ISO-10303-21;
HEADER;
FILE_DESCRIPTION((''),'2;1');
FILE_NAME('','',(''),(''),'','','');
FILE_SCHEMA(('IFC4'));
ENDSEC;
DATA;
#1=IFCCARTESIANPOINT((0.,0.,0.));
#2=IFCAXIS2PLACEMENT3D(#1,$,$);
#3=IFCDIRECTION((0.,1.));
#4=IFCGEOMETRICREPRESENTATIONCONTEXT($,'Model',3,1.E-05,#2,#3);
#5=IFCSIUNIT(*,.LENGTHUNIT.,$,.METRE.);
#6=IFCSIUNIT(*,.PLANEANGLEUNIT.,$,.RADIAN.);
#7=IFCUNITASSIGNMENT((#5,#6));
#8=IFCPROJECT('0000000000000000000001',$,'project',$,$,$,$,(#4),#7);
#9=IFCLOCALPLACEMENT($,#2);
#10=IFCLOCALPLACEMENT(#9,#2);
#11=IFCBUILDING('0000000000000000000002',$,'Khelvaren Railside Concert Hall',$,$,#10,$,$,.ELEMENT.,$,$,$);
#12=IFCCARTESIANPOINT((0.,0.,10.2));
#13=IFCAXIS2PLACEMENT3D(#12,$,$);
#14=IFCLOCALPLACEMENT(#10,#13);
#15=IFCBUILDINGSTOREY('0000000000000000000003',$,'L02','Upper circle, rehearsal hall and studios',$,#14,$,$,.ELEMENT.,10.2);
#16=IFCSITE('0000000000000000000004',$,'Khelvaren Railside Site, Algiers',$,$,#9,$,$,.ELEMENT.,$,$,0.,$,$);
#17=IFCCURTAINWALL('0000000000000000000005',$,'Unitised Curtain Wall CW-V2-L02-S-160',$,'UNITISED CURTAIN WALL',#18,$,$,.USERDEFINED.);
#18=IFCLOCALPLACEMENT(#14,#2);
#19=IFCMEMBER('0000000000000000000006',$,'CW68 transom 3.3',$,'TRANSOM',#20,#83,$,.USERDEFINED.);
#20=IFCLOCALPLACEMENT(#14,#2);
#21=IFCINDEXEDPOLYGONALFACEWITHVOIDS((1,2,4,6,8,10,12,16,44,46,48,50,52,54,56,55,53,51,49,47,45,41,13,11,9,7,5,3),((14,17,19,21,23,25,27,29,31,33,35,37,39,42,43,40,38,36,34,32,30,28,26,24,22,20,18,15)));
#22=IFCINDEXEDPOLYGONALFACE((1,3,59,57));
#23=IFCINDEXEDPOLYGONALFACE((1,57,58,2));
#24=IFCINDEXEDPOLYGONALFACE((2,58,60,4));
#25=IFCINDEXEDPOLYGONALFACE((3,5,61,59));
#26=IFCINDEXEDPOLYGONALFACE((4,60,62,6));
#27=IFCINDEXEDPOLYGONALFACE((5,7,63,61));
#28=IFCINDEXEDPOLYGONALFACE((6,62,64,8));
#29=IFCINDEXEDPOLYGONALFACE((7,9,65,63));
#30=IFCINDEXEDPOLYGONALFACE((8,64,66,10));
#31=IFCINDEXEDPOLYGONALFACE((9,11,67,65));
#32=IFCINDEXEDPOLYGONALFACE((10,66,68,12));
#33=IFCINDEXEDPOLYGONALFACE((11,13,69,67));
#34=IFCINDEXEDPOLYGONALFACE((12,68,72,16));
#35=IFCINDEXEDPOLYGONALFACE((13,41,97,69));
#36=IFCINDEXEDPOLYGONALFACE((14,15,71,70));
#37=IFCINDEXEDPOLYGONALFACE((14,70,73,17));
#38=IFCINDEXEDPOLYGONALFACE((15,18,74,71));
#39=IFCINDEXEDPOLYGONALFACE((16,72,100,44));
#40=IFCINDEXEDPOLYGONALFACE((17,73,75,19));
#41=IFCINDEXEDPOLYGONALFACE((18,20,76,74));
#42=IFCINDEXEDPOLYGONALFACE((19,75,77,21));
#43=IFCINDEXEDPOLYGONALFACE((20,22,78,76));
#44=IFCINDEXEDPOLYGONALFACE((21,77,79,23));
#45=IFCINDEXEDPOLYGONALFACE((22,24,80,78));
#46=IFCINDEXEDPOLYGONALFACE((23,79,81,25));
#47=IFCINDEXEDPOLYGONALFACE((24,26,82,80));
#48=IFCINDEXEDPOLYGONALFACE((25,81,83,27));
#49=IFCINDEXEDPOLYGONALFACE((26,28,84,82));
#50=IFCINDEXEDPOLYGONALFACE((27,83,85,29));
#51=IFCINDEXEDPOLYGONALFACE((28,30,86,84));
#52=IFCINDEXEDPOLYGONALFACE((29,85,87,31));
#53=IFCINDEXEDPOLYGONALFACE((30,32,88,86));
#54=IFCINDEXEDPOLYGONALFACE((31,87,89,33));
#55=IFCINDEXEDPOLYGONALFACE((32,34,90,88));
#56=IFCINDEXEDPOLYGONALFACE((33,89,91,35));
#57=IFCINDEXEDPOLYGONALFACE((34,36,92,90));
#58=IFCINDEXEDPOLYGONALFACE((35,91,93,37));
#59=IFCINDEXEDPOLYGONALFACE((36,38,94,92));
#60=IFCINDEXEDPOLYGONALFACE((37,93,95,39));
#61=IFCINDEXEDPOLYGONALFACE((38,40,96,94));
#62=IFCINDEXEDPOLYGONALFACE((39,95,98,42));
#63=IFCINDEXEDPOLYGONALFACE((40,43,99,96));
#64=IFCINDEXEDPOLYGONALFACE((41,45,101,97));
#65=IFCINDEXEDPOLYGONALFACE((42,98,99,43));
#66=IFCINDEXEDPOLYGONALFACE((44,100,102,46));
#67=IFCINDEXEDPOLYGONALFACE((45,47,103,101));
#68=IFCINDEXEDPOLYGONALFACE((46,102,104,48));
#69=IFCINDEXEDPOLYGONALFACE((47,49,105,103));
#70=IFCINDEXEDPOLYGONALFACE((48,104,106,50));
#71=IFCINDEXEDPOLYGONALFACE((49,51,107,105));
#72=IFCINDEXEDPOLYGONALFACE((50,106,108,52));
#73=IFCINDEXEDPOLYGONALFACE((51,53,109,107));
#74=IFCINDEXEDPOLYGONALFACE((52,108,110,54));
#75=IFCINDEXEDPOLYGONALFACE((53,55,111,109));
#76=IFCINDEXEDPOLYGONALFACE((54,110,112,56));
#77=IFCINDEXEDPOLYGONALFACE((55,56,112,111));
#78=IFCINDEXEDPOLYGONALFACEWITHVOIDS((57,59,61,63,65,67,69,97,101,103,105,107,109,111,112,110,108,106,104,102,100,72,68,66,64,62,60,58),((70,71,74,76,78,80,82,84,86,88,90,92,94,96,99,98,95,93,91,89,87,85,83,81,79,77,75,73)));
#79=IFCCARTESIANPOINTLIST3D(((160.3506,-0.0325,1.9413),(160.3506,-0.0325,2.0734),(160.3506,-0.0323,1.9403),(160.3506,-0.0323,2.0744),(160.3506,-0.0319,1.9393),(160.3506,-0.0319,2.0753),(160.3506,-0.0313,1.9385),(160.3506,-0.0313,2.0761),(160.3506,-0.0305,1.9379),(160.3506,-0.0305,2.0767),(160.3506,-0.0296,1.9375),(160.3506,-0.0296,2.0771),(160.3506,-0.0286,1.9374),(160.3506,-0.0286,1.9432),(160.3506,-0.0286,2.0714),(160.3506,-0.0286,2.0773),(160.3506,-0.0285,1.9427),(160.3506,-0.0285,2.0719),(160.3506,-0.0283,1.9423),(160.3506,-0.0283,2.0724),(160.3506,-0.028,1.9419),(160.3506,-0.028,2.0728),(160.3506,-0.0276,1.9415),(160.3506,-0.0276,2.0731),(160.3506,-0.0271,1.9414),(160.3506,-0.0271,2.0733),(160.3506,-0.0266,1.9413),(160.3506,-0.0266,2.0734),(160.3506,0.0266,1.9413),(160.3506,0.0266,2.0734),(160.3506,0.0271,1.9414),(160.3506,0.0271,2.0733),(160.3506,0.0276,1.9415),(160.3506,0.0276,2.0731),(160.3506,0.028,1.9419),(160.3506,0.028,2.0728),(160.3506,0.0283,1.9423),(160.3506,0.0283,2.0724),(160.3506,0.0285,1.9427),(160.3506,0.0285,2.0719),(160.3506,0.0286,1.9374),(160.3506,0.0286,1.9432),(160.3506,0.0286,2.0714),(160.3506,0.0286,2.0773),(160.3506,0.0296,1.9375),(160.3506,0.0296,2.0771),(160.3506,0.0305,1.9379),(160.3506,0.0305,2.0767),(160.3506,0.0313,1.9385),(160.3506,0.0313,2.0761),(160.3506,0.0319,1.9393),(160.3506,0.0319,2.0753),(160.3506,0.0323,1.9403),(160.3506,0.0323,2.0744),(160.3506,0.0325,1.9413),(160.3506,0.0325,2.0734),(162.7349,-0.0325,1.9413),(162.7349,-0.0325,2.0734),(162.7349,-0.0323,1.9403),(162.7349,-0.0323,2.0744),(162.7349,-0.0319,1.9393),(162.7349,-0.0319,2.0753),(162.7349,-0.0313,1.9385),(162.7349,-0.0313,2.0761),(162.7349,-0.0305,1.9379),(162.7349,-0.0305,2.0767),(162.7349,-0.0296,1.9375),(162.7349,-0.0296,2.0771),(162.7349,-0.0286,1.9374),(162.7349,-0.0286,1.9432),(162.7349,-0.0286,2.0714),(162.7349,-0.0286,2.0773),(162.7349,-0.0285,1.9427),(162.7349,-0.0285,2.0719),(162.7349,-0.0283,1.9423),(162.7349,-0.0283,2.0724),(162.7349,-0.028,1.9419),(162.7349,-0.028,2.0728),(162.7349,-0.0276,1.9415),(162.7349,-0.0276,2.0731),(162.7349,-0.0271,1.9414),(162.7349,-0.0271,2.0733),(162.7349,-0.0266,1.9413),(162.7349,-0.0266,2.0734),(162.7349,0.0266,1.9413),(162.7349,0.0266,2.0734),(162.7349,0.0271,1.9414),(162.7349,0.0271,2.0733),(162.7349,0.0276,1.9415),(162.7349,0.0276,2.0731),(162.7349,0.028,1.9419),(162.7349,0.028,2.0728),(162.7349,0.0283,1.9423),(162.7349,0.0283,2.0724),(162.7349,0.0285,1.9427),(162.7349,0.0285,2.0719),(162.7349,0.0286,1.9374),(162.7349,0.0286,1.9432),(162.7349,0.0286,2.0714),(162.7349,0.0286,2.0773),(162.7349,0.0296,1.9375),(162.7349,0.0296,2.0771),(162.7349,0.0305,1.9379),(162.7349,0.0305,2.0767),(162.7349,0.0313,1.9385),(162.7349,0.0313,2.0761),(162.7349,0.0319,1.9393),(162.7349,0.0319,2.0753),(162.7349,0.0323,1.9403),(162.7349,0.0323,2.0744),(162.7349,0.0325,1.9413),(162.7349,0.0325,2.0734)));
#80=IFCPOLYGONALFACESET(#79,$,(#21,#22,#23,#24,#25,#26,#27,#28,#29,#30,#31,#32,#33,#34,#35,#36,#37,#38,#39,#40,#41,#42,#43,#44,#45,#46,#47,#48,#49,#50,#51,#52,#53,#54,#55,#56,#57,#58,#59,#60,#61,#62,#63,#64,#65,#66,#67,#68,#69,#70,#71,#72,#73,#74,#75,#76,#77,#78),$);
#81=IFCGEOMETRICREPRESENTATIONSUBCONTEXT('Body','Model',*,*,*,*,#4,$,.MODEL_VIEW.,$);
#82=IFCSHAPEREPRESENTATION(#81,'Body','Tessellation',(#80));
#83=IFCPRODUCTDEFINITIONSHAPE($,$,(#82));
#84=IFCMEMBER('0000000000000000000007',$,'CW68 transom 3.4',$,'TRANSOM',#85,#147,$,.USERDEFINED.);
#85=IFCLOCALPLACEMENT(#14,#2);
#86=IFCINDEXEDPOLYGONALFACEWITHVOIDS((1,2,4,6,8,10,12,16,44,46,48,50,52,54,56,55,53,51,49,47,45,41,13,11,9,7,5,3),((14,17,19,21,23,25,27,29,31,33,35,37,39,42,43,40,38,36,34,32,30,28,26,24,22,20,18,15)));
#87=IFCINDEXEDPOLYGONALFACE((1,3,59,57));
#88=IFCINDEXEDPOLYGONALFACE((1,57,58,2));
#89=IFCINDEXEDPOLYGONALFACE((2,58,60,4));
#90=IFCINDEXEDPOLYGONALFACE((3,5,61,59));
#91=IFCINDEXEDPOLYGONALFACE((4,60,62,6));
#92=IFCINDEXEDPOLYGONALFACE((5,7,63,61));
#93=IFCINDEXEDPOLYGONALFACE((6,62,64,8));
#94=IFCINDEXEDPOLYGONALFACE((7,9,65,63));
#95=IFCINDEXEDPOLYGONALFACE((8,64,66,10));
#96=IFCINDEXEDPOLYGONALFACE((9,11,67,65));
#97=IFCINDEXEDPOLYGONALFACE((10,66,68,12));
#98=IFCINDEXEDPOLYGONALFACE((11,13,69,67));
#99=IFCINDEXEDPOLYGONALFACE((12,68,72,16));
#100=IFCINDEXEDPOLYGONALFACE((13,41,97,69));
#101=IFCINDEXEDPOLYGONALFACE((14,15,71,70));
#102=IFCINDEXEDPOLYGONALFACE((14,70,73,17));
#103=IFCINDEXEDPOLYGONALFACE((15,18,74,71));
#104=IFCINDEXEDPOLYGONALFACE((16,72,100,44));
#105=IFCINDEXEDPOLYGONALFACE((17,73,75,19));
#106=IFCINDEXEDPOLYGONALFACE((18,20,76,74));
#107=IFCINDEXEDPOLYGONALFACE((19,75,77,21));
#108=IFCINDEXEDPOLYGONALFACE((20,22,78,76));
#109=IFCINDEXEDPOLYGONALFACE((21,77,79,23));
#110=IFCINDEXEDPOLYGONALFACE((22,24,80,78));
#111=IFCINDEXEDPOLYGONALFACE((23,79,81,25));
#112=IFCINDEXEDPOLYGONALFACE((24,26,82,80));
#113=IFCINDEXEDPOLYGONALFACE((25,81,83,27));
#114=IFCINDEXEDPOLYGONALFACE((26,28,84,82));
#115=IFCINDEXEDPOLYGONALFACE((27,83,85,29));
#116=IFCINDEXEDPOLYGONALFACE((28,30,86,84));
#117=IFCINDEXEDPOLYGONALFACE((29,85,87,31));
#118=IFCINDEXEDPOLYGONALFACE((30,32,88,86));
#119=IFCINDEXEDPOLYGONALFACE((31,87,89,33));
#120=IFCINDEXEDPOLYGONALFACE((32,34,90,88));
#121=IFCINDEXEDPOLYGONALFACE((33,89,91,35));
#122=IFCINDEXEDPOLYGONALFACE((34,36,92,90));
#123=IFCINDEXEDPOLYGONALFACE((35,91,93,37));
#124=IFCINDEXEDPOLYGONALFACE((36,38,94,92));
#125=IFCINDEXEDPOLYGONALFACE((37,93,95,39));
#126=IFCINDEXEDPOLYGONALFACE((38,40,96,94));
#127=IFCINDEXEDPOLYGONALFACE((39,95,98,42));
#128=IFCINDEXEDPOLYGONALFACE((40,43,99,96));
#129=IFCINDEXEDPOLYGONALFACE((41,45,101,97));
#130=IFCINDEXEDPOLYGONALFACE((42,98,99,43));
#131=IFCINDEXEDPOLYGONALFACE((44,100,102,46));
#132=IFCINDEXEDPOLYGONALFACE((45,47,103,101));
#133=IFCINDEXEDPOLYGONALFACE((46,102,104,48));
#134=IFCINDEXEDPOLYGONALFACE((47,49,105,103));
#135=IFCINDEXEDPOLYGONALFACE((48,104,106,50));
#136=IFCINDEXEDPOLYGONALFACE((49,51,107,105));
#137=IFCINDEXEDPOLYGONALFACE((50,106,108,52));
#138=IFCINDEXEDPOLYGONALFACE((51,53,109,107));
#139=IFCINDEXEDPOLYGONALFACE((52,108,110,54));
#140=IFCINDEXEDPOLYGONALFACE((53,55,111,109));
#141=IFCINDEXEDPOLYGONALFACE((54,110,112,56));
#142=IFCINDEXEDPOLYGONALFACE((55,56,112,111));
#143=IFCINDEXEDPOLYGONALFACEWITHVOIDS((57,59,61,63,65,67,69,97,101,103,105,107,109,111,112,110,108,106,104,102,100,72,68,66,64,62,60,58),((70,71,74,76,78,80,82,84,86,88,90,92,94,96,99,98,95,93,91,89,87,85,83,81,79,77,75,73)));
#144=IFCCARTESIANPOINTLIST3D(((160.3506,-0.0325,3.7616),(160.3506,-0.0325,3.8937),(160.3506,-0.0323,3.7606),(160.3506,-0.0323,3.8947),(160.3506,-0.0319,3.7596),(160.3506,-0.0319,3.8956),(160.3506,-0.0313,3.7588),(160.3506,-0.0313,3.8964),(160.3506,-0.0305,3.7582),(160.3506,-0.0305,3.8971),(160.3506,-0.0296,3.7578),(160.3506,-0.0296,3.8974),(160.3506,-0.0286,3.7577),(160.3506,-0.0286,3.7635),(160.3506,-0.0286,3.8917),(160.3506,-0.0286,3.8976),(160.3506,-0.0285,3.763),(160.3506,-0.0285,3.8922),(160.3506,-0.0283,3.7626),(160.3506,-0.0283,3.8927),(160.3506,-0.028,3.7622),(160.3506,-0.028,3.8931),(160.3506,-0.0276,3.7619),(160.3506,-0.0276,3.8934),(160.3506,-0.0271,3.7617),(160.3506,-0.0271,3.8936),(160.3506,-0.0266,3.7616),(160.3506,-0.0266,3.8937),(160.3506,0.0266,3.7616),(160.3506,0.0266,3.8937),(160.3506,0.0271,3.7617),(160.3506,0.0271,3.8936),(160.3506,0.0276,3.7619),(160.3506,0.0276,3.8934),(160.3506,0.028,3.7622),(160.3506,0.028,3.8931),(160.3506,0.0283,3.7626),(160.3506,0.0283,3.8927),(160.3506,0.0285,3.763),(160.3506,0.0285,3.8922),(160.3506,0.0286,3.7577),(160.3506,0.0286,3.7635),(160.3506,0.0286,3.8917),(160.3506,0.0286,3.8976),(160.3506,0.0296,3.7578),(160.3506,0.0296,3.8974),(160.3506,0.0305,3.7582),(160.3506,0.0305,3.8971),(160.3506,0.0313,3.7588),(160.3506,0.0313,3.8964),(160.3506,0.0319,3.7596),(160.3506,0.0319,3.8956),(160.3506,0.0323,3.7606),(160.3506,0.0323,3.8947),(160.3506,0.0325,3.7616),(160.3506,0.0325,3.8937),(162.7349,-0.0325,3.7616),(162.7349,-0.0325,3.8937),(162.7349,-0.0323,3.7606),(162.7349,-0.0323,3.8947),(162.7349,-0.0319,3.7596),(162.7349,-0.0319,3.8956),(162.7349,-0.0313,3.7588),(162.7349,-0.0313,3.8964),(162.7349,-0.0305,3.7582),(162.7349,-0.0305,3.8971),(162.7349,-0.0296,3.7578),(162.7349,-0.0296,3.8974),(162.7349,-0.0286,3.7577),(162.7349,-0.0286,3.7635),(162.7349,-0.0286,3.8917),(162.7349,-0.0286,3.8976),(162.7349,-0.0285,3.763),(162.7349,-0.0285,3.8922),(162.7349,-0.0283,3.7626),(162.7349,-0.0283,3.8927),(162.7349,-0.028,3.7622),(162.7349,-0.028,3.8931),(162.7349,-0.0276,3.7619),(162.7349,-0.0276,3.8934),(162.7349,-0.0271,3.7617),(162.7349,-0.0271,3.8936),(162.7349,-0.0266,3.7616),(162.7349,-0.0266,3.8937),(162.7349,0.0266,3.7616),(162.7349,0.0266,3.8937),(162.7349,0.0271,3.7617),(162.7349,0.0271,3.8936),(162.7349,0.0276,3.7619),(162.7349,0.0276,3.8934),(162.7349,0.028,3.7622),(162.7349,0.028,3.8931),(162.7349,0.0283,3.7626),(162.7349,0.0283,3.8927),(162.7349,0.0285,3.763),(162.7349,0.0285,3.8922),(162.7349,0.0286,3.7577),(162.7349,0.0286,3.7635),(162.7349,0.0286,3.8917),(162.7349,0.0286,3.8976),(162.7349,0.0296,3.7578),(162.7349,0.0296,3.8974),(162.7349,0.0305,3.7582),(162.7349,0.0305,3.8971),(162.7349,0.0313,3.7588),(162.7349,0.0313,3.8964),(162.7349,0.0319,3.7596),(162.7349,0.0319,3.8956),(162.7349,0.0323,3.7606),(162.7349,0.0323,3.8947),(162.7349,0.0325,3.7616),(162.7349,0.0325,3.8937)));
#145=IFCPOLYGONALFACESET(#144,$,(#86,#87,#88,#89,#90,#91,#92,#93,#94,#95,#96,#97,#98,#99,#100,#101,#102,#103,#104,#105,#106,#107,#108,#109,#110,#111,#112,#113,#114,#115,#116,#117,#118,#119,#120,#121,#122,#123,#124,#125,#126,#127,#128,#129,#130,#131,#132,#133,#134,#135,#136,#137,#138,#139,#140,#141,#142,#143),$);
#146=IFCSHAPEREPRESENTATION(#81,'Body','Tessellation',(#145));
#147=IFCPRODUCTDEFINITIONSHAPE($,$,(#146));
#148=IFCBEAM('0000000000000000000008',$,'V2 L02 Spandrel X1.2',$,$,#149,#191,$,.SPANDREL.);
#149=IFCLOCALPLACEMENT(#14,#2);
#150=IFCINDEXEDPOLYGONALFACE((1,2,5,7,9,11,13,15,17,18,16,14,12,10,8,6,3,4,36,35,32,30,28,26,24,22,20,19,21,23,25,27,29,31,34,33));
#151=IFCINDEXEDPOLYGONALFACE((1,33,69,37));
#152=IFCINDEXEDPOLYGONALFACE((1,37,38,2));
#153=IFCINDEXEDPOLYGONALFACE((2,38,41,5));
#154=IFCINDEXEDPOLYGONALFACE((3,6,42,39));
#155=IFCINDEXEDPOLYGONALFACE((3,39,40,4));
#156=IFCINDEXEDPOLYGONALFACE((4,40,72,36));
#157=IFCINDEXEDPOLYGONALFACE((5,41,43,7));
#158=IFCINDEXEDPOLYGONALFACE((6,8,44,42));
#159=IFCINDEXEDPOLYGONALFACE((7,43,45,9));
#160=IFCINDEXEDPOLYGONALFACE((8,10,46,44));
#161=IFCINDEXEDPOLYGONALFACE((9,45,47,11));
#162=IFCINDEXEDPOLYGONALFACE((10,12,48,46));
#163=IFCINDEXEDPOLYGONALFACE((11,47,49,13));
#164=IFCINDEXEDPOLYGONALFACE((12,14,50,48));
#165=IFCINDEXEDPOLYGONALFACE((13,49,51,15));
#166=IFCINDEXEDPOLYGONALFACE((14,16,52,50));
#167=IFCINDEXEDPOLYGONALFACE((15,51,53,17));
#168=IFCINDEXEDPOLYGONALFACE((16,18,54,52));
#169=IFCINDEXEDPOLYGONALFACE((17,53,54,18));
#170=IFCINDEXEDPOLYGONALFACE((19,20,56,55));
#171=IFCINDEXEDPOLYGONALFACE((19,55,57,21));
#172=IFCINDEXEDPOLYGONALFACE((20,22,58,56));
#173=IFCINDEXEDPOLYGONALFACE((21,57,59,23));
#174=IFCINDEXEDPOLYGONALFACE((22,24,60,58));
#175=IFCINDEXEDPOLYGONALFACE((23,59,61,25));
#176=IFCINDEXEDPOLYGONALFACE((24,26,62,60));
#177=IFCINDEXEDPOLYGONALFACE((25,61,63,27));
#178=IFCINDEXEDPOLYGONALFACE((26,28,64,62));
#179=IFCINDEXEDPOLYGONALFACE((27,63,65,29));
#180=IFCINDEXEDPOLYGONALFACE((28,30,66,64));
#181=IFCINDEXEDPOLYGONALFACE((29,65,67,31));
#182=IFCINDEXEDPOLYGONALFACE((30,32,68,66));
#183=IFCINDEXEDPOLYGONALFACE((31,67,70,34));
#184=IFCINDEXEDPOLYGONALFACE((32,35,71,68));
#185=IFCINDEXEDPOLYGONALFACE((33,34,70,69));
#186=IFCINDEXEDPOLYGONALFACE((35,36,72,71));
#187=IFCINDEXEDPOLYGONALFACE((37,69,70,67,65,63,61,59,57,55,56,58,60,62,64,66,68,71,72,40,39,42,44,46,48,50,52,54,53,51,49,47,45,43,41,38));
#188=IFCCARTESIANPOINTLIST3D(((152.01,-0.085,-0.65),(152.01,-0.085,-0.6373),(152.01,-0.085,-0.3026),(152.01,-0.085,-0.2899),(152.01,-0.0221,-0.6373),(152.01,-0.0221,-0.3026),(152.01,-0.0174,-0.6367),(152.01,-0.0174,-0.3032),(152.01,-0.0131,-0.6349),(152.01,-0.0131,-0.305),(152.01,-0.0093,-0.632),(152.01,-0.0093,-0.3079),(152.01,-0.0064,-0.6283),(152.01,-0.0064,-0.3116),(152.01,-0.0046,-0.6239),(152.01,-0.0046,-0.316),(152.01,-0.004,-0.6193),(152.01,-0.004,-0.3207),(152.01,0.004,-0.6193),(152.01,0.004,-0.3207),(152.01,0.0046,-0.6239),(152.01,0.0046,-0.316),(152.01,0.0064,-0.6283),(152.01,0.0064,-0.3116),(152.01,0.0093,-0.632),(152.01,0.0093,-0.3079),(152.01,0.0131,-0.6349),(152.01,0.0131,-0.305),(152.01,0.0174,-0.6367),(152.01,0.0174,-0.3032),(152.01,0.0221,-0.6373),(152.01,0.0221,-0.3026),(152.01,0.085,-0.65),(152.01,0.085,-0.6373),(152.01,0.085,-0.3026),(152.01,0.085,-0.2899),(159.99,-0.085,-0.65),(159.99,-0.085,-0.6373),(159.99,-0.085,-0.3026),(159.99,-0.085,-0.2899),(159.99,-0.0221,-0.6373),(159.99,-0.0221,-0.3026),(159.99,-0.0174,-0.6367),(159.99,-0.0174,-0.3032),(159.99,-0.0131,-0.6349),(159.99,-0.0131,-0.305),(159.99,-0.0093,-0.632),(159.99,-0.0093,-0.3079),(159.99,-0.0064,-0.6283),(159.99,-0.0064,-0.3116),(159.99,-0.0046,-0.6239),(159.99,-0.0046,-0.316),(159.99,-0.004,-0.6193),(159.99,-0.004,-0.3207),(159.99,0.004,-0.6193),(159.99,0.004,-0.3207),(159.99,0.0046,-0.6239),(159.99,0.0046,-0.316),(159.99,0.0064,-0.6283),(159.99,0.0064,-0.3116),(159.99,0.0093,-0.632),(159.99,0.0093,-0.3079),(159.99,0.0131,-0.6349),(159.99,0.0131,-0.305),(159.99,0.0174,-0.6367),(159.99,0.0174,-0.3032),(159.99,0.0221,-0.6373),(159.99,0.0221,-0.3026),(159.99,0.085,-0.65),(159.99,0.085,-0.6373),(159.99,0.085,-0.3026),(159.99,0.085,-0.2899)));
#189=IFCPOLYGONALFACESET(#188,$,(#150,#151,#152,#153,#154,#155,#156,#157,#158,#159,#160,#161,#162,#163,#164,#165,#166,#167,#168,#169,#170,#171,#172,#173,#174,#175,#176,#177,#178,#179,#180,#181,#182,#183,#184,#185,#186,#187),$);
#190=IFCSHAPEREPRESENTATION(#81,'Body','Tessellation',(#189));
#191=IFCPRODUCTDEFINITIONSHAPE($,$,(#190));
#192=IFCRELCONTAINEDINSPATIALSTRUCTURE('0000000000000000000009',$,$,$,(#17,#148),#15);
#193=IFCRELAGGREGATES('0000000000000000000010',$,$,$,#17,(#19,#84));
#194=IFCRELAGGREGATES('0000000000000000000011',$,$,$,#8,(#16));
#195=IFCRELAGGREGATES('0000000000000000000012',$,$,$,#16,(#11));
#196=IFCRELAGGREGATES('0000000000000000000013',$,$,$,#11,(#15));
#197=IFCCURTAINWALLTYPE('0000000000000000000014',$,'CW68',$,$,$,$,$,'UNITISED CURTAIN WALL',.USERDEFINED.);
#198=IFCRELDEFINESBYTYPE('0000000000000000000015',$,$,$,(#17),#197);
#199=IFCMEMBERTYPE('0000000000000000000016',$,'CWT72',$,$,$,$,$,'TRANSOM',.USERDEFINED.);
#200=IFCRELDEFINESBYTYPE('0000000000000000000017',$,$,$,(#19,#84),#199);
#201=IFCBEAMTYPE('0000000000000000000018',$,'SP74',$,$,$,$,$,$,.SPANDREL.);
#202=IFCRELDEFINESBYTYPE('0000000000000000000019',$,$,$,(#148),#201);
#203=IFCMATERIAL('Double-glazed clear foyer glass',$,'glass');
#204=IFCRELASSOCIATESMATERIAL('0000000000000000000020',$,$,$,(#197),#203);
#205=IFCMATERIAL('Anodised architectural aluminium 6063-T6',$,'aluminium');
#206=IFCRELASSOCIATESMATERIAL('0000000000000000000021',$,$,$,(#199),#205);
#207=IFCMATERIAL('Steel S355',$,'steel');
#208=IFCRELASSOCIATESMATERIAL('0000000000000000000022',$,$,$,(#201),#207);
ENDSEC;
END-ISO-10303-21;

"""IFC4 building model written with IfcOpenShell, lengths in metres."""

from ifc_helpers import new_model, si_unit, direction, frame, origin, origin_2d, place, context, subcontext, project, spatial, hollow_rectangle, i_section, extrude, material, material_profile, profile_set, type_object, element, aggregate, save


model = new_model("IFC4")

# Units and contexts
model_context = context("Model", 3, precision=1e-05, world=origin(), true_north=direction((0.0, 1.0)))
body_context = subcontext(model_context, "Body", "Model", "MODEL_VIEW")
ifc_project = project(units=[si_unit("LENGTHUNIT", "METRE"), si_unit("PLANEANGLEUNIT", "RADIAN")], contexts=[model_context])

# Site, building, storey
site_placement = place(None, origin())
site = spatial("IfcSite", under=ifc_project, at=site_placement, Name="Khelvaren Railside Site, Algiers", CompositionType="ELEMENT", RefElevation=0.0)
building_placement = place(site_placement, origin())
building = spatial("IfcBuilding", under=site, at=building_placement, Name="Khelvaren Railside Concert Hall", CompositionType="ELEMENT")
storey_placement = place(building_placement, frame((0.0, 0.0, 10.2)))
storey = spatial("IfcBuildingStorey", under=building, at=storey_placement, Name="L02", Description="Upper circle, rehearsal hall and studios", CompositionType="ELEMENT", Elevation=10.2)

# Shared definitions
ifc_material_1 = material(Name="Steel S355", Category="steel")

# Curtain wall, members
ifc_material_2 = material(Name="Double-glazed clear foyer glass", Category="glass")
curtain_wall_type = type_object("IfcCurtainWallType", Name="CW68", ElementType="UNITISED CURTAIN WALL", PredefinedType="USERDEFINED", material=ifc_material_2)
curtain_wall_placement = place(storey_placement, origin())
curtain_wall = element("IfcCurtainWall", 1, at=curtain_wall_placement, inside=storey, type_object=curtain_wall_type, Name="Unitised Curtain Wall CW-V2-L02-S-160", ObjectType="UNITISED CURTAIN WALL", PredefinedType="USERDEFINED")
ifc_material_3 = material(Name="Anodised architectural aluminium 6063-T6", Category="aluminium")
ifc_material_profile_1 = material_profile(ifc_material_3, hollow_rectangle(XDim=0.0649, YDim=0.1399, WallThickness=0.0039, InnerFilletRadius=0.002, OuterFilletRadius=0.0039, at=origin_2d()), Name="CWT 65x140x4")
ifc_profile_set_1 = profile_set([ifc_material_profile_1], Name="Anodised architectural aluminium 6063-T6")
member_type_1 = type_object("IfcMemberType", Name="CWT72", ElementType="TRANSOM", PredefinedType="USERDEFINED", material=ifc_profile_set_1)
member_1_placement = place(storey_placement, frame((162.7349, 0.0, 2.0073), z_axis=(-1.0, 0.0, 0.0), x_axis=(0.0, -1.0, 0.0)))
member_1 = element("IfcMember", 2, at=member_1_placement, type_object=member_type_1, Name="CW68 transom 3.3", ObjectType="TRANSOM", PredefinedType="USERDEFINED", context=body_context, shape_type="SweptSolid", body=[
    extrude(hollow_rectangle(XDim=0.0649, YDim=0.1399, WallThickness=0.0039, InnerFilletRadius=0.002, OuterFilletRadius=0.0039, at=origin_2d()), origin(), (0.0, 0.0, 1.0), 2.3843),
])
member_2_placement = place(storey_placement, frame((162.7349, 0.0, 3.8276), z_axis=(-1.0, 0.0, 0.0), x_axis=(0.0, -1.0, 0.0)))
member_2 = element("IfcMember", 3, at=member_2_placement, type_object=member_type_1, Name="CW68 transom 3.4", ObjectType="TRANSOM", PredefinedType="USERDEFINED", context=body_context, shape_type="SweptSolid", body=[
    extrude(hollow_rectangle(XDim=0.0649, YDim=0.1399, WallThickness=0.0039, InnerFilletRadius=0.002, OuterFilletRadius=0.0039, at=origin_2d()), origin(), (0.0, 0.0, 1.0), 2.3843),
])

# Beam
ifc_material_profile_2 = material_profile(ifc_material_1, i_section(OverallWidth=0.1699, OverallDepth=0.3601, WebThickness=0.0081, FlangeThickness=0.0127, FilletRadius=0.0181, at=origin_2d()), Name="IPE 360")
ifc_profile_set_2 = profile_set([ifc_material_profile_2], Name="Steel S355")
beam_type_1 = type_object("IfcBeamType", Name="SP74", PredefinedType="SPANDREL", material=ifc_profile_set_2)
beam_1_placement = place(storey_placement, frame((152.01, 0.0, -0.47), z_axis=(1.0, 0.0, 0.0), x_axis=(0.0, 1.0, 0.0)))
element("IfcBeam", 4, at=beam_1_placement, inside=storey, type_object=beam_type_1, Name="V2 L02 Spandrel X1.2", PredefinedType="SPANDREL", context=body_context, shape_type="SweptSolid", body=[
    extrude(i_section(OverallWidth=0.1699, OverallDepth=0.3601, WebThickness=0.0081, FlangeThickness=0.0127, FilletRadius=0.0181, at=origin_2d()), origin(), (0.0, 0.0, 1.0), 7.98),
])

aggregate(curtain_wall, [member_1, member_2])

save(model, "model.ifc")
